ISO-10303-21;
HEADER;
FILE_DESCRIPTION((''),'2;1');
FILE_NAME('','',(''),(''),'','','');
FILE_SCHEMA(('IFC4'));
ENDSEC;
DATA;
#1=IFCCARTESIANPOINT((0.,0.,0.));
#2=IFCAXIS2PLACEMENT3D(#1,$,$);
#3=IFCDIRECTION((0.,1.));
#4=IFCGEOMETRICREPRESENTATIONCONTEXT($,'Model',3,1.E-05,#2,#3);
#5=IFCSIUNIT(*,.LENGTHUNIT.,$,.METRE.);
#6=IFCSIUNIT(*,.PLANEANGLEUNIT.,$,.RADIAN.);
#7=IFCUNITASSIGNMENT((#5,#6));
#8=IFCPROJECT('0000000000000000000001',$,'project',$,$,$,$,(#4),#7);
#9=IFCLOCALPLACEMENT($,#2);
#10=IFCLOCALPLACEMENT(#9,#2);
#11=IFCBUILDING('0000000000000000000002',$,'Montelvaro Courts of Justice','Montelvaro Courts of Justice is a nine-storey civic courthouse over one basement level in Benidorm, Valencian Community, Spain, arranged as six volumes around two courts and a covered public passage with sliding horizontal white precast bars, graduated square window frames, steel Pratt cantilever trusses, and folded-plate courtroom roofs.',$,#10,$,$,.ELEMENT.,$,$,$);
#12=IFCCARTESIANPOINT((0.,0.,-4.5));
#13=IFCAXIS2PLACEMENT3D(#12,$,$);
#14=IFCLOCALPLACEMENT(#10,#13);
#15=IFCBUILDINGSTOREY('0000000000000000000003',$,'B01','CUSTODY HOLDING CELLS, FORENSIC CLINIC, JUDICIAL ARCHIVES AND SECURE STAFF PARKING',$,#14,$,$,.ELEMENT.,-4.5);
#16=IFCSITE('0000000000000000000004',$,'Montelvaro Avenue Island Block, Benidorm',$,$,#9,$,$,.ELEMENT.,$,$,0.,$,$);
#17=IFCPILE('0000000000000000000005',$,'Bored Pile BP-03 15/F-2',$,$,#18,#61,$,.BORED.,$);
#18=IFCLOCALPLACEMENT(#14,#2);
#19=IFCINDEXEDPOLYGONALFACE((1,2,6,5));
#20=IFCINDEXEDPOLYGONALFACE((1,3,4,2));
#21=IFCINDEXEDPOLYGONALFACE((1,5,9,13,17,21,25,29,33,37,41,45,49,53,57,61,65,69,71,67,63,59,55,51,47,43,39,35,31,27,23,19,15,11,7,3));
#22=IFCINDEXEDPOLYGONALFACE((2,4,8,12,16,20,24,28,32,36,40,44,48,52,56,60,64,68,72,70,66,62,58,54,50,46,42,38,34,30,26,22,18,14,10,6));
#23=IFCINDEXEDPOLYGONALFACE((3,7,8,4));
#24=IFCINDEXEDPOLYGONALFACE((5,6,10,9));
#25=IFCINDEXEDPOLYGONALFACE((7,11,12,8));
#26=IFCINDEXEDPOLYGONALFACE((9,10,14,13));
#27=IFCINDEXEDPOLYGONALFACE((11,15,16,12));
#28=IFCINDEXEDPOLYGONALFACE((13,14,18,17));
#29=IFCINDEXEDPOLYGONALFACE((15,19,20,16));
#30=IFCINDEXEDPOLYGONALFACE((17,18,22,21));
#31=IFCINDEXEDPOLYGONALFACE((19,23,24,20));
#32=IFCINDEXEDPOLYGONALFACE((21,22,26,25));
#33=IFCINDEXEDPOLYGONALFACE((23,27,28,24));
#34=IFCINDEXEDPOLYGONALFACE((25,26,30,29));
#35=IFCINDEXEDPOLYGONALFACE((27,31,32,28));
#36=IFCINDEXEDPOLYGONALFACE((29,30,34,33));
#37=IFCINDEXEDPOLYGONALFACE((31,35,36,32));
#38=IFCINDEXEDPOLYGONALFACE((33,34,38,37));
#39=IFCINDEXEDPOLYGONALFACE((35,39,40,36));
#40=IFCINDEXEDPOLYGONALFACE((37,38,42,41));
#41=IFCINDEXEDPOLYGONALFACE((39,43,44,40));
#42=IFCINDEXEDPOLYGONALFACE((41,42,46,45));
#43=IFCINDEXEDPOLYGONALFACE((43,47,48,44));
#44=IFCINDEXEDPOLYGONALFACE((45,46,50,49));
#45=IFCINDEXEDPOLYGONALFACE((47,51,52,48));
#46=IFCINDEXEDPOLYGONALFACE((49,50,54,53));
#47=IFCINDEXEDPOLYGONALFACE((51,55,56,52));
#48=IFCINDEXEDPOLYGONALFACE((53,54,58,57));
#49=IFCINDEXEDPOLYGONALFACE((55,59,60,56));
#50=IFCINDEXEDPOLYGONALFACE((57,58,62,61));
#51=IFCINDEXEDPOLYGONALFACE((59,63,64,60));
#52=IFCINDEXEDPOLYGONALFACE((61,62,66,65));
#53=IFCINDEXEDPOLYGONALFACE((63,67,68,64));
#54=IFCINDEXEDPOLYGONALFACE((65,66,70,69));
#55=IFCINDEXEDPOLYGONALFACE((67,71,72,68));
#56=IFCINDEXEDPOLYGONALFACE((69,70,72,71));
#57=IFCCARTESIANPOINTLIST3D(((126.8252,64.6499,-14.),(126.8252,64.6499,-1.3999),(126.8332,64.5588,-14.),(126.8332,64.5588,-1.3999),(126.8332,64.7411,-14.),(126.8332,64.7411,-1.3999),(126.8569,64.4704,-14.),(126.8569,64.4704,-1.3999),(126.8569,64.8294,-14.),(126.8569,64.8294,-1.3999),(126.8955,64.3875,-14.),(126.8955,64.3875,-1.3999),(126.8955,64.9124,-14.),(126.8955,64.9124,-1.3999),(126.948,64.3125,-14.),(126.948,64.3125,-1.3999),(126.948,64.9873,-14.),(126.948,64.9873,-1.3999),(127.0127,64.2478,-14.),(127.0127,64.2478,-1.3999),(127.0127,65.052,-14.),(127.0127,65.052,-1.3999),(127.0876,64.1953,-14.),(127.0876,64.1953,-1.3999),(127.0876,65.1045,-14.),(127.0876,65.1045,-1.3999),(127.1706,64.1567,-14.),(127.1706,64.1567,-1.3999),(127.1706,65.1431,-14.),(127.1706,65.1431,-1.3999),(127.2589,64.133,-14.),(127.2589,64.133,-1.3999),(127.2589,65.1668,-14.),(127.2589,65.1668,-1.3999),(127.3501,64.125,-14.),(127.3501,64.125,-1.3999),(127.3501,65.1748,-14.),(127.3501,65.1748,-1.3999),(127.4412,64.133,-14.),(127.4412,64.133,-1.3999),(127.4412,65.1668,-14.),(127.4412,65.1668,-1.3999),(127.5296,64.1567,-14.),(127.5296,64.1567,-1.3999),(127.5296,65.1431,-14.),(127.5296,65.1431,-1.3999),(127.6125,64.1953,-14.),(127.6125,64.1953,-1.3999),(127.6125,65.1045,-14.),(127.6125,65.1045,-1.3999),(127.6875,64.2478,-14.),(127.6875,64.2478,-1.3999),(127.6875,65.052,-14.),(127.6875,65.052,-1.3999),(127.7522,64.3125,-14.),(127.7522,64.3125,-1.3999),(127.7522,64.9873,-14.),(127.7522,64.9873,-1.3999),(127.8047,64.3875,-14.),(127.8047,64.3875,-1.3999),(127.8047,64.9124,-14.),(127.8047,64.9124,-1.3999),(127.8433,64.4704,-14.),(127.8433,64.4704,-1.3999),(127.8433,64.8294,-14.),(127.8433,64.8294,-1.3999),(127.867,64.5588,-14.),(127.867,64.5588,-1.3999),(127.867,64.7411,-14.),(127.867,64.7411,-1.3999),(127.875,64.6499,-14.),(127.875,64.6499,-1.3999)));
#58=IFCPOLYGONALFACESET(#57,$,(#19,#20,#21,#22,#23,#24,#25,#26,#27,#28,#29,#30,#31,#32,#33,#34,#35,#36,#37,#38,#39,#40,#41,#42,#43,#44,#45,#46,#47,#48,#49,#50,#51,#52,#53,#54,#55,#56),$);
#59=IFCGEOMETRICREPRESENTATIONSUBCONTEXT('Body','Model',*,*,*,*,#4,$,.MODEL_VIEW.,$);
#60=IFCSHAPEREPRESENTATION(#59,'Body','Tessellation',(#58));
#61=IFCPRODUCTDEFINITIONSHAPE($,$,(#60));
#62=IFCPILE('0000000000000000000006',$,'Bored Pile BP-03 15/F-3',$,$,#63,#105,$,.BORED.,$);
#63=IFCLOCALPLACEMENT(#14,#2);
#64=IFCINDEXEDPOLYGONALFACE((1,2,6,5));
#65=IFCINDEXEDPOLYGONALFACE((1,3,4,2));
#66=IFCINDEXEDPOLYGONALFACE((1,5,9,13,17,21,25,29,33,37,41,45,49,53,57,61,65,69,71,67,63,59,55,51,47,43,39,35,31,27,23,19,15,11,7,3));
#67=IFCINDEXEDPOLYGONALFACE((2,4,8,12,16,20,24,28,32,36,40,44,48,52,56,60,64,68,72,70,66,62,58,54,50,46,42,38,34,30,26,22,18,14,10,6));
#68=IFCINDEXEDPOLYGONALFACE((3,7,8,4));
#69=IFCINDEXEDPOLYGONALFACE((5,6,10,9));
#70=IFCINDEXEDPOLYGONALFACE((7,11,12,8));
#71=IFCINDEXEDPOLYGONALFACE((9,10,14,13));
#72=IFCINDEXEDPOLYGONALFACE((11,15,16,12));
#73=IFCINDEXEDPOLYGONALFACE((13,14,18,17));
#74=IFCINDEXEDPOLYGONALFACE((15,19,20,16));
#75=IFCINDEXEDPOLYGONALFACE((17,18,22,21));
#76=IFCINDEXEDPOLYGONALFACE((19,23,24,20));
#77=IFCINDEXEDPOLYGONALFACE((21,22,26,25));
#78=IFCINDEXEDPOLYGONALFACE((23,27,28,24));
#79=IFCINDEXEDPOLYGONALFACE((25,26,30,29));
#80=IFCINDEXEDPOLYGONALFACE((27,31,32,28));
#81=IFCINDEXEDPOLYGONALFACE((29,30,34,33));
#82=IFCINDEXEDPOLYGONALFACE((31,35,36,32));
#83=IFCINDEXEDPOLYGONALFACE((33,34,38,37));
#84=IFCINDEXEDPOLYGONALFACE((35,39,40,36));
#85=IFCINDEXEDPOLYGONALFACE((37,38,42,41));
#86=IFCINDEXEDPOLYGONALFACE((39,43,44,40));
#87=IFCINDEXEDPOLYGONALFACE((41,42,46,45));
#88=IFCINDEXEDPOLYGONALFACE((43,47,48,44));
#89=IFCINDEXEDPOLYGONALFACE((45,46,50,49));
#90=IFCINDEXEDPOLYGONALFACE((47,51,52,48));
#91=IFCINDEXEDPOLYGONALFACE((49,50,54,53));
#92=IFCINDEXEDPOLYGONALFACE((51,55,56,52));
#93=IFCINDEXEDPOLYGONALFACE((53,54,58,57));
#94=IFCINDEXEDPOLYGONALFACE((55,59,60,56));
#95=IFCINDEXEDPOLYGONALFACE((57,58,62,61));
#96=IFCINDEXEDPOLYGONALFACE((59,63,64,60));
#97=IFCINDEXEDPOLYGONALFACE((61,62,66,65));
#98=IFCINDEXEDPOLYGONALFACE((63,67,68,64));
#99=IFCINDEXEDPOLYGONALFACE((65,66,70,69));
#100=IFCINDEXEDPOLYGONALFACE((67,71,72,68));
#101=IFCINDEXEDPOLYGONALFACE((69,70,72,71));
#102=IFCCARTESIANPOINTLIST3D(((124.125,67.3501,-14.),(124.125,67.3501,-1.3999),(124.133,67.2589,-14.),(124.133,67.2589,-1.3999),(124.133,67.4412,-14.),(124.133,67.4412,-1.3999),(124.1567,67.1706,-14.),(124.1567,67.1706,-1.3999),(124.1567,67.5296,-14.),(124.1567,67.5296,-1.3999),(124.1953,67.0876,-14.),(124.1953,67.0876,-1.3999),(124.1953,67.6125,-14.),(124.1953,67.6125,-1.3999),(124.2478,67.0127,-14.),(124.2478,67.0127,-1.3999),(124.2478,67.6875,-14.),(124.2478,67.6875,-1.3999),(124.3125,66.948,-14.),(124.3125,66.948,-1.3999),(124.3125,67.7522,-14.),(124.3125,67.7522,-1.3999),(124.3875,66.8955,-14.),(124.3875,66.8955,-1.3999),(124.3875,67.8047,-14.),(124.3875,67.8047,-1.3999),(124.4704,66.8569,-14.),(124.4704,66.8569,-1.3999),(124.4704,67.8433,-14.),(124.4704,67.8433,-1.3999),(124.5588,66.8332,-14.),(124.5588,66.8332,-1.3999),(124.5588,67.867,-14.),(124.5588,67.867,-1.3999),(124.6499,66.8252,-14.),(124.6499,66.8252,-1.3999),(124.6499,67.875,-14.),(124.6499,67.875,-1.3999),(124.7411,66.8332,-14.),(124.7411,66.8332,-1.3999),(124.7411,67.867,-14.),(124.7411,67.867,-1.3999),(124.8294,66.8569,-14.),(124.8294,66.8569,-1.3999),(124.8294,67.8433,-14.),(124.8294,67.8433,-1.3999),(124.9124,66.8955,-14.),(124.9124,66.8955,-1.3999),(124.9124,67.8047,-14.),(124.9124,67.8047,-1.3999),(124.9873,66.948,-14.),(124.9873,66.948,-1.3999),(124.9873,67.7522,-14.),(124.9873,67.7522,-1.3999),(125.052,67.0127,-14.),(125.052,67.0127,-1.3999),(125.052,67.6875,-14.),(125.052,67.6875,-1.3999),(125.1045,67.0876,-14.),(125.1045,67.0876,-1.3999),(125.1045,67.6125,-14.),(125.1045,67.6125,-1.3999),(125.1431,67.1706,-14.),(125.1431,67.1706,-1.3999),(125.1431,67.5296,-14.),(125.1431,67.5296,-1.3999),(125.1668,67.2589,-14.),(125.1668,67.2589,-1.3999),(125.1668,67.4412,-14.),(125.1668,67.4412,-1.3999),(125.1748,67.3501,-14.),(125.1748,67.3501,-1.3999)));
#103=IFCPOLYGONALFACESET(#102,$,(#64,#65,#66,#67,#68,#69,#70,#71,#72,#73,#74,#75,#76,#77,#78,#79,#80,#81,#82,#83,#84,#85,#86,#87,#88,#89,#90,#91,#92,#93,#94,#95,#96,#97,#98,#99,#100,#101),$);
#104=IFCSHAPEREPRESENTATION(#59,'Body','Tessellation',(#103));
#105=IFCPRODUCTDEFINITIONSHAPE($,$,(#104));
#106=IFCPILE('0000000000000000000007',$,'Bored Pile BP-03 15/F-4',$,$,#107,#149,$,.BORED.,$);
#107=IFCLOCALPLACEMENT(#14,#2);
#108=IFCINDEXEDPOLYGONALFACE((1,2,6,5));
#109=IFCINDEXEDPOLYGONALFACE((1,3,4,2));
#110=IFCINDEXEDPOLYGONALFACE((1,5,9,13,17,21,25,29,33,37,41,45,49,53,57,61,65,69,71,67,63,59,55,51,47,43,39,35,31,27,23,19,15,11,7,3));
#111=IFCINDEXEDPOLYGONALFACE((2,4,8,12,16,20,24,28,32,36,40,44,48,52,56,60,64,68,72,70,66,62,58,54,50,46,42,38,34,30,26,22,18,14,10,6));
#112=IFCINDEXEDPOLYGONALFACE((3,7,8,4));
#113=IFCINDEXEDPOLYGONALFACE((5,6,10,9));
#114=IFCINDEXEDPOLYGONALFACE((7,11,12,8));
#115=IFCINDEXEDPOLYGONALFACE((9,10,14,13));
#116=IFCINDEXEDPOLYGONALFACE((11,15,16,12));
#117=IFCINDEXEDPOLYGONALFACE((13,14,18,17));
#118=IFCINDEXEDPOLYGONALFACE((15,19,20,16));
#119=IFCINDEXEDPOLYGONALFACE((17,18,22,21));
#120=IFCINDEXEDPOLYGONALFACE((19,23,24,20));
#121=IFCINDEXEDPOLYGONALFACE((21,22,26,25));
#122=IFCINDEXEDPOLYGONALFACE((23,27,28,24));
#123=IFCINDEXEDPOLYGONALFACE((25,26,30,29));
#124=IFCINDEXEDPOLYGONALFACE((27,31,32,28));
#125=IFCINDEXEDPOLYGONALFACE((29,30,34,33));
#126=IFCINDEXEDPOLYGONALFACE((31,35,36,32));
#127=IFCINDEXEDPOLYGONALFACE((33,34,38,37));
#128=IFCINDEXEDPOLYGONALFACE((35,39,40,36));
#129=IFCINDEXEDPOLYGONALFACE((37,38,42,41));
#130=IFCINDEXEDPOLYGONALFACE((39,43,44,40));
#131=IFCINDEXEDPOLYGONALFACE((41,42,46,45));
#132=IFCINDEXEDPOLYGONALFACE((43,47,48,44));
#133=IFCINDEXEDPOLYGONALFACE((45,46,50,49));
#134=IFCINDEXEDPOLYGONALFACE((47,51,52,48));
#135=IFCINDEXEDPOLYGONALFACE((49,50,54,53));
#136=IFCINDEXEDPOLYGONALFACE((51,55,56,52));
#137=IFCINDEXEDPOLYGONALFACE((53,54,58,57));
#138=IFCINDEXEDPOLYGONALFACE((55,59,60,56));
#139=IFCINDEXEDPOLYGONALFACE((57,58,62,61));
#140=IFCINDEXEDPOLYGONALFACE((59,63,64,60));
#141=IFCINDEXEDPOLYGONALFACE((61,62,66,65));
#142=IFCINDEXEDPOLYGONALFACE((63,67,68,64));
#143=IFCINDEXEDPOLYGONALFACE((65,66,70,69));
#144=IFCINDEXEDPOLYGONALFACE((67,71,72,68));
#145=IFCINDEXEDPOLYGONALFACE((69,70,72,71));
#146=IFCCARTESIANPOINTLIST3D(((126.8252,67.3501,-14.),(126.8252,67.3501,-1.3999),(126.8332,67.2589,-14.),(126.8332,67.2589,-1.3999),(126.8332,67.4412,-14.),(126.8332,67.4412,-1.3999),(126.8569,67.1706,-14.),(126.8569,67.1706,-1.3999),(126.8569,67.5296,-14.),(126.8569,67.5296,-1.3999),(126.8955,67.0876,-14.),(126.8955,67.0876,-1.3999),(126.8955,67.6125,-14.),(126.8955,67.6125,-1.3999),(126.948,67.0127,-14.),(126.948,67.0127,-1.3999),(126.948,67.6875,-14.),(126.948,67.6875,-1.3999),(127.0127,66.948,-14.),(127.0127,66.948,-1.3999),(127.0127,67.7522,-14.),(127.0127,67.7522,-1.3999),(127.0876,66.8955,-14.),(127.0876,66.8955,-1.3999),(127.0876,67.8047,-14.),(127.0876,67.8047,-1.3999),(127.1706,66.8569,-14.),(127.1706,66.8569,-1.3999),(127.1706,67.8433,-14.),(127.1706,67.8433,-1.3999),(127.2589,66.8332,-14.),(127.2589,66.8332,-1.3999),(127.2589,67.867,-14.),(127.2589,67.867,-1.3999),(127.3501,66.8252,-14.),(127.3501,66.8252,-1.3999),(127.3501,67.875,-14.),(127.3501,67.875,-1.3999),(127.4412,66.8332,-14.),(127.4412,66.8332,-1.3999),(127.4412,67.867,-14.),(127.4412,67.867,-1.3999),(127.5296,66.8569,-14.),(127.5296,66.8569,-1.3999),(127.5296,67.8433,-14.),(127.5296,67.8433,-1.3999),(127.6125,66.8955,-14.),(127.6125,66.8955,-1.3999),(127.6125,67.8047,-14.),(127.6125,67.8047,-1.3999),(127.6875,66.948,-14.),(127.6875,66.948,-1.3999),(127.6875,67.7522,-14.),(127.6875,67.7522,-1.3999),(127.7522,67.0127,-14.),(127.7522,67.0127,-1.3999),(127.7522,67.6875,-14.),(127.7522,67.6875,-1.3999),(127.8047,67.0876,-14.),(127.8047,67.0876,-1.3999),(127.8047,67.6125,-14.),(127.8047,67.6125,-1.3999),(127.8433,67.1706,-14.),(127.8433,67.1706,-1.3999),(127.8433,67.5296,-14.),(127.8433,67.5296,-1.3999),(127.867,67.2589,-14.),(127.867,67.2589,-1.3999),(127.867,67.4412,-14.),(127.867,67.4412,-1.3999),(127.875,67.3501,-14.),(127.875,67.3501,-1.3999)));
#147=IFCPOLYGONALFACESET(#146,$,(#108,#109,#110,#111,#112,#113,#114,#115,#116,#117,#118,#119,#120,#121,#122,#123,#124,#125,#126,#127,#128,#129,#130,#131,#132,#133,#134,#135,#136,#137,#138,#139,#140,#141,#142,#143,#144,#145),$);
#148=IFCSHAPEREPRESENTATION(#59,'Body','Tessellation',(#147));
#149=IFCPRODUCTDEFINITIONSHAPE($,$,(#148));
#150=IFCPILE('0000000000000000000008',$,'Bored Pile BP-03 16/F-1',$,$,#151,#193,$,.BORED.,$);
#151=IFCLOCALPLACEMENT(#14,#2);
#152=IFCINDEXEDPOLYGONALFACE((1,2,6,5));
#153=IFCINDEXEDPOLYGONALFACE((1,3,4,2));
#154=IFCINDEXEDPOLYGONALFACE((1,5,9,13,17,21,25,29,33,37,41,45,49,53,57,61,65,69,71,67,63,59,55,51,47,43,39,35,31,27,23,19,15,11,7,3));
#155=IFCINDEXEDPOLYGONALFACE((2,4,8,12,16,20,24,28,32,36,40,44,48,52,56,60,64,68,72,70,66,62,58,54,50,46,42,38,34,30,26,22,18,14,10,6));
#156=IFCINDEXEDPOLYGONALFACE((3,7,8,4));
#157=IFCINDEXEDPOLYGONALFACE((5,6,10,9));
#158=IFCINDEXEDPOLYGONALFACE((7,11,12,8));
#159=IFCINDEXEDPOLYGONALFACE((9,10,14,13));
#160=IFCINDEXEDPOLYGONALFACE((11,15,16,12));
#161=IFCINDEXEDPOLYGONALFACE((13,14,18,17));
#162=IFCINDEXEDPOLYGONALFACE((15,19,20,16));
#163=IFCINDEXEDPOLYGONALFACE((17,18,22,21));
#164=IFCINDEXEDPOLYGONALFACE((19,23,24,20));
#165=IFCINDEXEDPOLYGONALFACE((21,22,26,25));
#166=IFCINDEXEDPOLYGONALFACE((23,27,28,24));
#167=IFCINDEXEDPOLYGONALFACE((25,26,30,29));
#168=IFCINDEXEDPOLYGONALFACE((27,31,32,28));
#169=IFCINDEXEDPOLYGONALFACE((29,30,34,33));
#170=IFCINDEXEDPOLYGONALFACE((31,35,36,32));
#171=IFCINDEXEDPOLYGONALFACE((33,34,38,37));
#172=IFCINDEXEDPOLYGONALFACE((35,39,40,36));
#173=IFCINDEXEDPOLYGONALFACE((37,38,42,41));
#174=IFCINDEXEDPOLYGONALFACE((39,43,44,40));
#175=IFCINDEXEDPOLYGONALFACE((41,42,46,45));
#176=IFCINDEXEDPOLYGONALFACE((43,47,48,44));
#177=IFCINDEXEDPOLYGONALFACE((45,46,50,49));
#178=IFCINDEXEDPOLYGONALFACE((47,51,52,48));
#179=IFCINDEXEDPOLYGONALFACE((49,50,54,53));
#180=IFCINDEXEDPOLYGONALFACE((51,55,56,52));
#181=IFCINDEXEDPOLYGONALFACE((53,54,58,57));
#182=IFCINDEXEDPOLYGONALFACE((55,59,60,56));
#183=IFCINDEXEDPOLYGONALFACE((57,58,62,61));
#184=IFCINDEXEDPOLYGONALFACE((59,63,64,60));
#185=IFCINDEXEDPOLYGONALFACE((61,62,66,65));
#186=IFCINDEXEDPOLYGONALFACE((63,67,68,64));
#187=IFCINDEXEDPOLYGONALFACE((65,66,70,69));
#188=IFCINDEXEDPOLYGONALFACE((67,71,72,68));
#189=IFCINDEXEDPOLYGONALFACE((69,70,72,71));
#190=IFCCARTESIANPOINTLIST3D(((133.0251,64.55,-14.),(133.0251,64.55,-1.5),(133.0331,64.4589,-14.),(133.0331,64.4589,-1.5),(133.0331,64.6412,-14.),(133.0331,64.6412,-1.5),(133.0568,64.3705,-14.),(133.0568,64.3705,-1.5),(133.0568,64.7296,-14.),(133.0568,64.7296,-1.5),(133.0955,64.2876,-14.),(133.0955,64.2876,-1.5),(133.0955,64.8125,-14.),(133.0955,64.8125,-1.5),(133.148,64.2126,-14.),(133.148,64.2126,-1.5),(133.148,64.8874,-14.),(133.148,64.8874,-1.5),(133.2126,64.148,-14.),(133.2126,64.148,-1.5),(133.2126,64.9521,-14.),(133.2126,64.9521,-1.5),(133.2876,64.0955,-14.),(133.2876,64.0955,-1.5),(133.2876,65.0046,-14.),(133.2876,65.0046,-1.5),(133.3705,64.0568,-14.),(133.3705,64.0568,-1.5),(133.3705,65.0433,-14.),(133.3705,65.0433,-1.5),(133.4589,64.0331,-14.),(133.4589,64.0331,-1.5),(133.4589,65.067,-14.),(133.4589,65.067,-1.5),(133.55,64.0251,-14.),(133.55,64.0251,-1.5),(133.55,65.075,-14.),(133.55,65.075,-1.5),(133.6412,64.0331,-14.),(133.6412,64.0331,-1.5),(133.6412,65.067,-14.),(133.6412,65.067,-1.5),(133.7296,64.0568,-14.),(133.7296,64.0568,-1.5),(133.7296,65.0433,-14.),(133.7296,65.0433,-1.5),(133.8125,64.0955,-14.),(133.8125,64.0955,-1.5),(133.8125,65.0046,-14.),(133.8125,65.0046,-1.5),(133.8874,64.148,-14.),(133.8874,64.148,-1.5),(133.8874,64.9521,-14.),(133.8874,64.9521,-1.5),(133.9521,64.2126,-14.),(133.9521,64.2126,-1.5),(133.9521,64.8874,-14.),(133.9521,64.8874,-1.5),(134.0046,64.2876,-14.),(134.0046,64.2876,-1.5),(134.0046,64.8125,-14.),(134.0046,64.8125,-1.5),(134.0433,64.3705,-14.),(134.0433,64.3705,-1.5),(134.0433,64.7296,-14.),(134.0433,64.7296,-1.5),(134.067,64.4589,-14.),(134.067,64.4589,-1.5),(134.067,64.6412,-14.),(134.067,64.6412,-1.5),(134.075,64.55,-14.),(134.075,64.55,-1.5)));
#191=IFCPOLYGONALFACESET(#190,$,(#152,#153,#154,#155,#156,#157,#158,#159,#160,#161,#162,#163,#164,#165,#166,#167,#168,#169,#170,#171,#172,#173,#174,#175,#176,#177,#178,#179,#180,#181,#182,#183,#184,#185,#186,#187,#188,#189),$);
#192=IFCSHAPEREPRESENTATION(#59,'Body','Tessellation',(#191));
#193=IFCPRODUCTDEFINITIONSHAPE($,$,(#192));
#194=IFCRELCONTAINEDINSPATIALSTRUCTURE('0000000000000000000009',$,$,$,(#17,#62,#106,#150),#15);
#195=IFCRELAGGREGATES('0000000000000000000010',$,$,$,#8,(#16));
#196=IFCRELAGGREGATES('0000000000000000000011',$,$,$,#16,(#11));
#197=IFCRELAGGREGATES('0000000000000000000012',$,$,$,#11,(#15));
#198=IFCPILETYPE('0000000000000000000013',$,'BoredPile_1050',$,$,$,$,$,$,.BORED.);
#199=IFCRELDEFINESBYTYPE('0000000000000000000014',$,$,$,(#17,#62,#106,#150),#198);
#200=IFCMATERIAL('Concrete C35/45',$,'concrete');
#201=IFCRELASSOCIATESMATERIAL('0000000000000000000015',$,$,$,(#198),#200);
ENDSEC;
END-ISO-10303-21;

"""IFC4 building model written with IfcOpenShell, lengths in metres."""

from ifc_helpers import new_model, si_unit, direction, frame, origin, origin_2d, place, context, subcontext, project, spatial, circle, extrude, material, material_profile, profile_set, type_object, element, save


model = new_model("IFC4")

# Units and contexts
model_context = context("Model", 3, precision=1e-05, world=origin(), true_north=direction((0.0, 1.0)))
body_context = subcontext(model_context, "Body", "Model", "MODEL_VIEW")
ifc_project = project(units=[si_unit("LENGTHUNIT", "METRE"), si_unit("PLANEANGLEUNIT", "RADIAN")], contexts=[model_context])

# Site, building, storey
site_placement = place(None, origin())
site = spatial("IfcSite", under=ifc_project, at=site_placement, Name="Montelvaro Avenue Island Block, Benidorm", CompositionType="ELEMENT", RefElevation=0.0)
building_placement = place(site_placement, origin())
building = spatial("IfcBuilding", under=site, at=building_placement, Name="Montelvaro Courts of Justice", Description="Montelvaro Courts of Justice is a nine-storey civic courthouse over one basement level in Benidorm, Valencian Community, Spain, arranged as six volumes around two courts and a covered public passage with sliding horizontal white precast bars, graduated square window frames, steel Pratt cantilever trusses, and folded-plate courtroom roofs.", CompositionType="ELEMENT")
storey_placement = place(building_placement, frame((0.0, 0.0, -4.5)))
storey = spatial("IfcBuildingStorey", under=building, at=storey_placement, Name="B01", Description="CUSTODY HOLDING CELLS, FORENSIC CLINIC, JUDICIAL ARCHIVES AND SECURE STAFF PARKING", CompositionType="ELEMENT", Elevation=-4.5)

# Piles
ifc_material_1 = material(Name="Concrete C35/45", Category="concrete")
ifc_material_profile_1 = material_profile(ifc_material_1, circle(Radius=0.5249, at=origin_2d()), Name="BORED PILE D1050")
ifc_profile_set_1 = profile_set([ifc_material_profile_1], Name="Concrete C35/45")
pile_type_1 = type_object("IfcPileType", Name="BoredPile_1050", PredefinedType="BORED", material=ifc_profile_set_1)
for number, where, z_axis, x_axis, name in (
    (1, (127.3501, 64.6499, -1.3999), (0.0, 0.0, -1.0), (1.0, 0.0, 0.0), "Bored Pile BP-03 15/F-2"),
    (2, (124.6499, 67.3501, -1.3999), (0.0, 0.0, -1.0), (1.0, 0.0, 0.0), "Bored Pile BP-03 15/F-3"),
    (3, (127.3501, 67.3501, -1.3999), (0.0, 0.0, -1.0), (1.0, 0.0, 0.0), "Bored Pile BP-03 15/F-4"),
):
    element("IfcPile", number, at=place(storey_placement, frame(where, z_axis=z_axis, x_axis=x_axis)), inside=storey, type_object=pile_type_1, Name=name, PredefinedType="BORED", context=body_context, shape_type="SweptSolid", body=[
        extrude(circle(Radius=0.5249, at=origin_2d()), origin(), (0.0, 0.0, 1.0), 12.6001),
    ])
for number, where, z_axis, x_axis, name in (
    (4, (133.55, 64.55, -1.5), (0.0, 0.0, -1.0), (1.0, 0.0, 0.0), "Bored Pile BP-03 16/F-1"),
):
    element("IfcPile", number, at=place(storey_placement, frame(where, z_axis=z_axis, x_axis=x_axis)), inside=storey, type_object=pile_type_1, Name=name, PredefinedType="BORED", context=body_context, shape_type="SweptSolid", body=[
        extrude(circle(Radius=0.5249, at=origin_2d()), origin(), (0.0, 0.0, 1.0), 12.5),
    ])

save(model, "model.ifc")
